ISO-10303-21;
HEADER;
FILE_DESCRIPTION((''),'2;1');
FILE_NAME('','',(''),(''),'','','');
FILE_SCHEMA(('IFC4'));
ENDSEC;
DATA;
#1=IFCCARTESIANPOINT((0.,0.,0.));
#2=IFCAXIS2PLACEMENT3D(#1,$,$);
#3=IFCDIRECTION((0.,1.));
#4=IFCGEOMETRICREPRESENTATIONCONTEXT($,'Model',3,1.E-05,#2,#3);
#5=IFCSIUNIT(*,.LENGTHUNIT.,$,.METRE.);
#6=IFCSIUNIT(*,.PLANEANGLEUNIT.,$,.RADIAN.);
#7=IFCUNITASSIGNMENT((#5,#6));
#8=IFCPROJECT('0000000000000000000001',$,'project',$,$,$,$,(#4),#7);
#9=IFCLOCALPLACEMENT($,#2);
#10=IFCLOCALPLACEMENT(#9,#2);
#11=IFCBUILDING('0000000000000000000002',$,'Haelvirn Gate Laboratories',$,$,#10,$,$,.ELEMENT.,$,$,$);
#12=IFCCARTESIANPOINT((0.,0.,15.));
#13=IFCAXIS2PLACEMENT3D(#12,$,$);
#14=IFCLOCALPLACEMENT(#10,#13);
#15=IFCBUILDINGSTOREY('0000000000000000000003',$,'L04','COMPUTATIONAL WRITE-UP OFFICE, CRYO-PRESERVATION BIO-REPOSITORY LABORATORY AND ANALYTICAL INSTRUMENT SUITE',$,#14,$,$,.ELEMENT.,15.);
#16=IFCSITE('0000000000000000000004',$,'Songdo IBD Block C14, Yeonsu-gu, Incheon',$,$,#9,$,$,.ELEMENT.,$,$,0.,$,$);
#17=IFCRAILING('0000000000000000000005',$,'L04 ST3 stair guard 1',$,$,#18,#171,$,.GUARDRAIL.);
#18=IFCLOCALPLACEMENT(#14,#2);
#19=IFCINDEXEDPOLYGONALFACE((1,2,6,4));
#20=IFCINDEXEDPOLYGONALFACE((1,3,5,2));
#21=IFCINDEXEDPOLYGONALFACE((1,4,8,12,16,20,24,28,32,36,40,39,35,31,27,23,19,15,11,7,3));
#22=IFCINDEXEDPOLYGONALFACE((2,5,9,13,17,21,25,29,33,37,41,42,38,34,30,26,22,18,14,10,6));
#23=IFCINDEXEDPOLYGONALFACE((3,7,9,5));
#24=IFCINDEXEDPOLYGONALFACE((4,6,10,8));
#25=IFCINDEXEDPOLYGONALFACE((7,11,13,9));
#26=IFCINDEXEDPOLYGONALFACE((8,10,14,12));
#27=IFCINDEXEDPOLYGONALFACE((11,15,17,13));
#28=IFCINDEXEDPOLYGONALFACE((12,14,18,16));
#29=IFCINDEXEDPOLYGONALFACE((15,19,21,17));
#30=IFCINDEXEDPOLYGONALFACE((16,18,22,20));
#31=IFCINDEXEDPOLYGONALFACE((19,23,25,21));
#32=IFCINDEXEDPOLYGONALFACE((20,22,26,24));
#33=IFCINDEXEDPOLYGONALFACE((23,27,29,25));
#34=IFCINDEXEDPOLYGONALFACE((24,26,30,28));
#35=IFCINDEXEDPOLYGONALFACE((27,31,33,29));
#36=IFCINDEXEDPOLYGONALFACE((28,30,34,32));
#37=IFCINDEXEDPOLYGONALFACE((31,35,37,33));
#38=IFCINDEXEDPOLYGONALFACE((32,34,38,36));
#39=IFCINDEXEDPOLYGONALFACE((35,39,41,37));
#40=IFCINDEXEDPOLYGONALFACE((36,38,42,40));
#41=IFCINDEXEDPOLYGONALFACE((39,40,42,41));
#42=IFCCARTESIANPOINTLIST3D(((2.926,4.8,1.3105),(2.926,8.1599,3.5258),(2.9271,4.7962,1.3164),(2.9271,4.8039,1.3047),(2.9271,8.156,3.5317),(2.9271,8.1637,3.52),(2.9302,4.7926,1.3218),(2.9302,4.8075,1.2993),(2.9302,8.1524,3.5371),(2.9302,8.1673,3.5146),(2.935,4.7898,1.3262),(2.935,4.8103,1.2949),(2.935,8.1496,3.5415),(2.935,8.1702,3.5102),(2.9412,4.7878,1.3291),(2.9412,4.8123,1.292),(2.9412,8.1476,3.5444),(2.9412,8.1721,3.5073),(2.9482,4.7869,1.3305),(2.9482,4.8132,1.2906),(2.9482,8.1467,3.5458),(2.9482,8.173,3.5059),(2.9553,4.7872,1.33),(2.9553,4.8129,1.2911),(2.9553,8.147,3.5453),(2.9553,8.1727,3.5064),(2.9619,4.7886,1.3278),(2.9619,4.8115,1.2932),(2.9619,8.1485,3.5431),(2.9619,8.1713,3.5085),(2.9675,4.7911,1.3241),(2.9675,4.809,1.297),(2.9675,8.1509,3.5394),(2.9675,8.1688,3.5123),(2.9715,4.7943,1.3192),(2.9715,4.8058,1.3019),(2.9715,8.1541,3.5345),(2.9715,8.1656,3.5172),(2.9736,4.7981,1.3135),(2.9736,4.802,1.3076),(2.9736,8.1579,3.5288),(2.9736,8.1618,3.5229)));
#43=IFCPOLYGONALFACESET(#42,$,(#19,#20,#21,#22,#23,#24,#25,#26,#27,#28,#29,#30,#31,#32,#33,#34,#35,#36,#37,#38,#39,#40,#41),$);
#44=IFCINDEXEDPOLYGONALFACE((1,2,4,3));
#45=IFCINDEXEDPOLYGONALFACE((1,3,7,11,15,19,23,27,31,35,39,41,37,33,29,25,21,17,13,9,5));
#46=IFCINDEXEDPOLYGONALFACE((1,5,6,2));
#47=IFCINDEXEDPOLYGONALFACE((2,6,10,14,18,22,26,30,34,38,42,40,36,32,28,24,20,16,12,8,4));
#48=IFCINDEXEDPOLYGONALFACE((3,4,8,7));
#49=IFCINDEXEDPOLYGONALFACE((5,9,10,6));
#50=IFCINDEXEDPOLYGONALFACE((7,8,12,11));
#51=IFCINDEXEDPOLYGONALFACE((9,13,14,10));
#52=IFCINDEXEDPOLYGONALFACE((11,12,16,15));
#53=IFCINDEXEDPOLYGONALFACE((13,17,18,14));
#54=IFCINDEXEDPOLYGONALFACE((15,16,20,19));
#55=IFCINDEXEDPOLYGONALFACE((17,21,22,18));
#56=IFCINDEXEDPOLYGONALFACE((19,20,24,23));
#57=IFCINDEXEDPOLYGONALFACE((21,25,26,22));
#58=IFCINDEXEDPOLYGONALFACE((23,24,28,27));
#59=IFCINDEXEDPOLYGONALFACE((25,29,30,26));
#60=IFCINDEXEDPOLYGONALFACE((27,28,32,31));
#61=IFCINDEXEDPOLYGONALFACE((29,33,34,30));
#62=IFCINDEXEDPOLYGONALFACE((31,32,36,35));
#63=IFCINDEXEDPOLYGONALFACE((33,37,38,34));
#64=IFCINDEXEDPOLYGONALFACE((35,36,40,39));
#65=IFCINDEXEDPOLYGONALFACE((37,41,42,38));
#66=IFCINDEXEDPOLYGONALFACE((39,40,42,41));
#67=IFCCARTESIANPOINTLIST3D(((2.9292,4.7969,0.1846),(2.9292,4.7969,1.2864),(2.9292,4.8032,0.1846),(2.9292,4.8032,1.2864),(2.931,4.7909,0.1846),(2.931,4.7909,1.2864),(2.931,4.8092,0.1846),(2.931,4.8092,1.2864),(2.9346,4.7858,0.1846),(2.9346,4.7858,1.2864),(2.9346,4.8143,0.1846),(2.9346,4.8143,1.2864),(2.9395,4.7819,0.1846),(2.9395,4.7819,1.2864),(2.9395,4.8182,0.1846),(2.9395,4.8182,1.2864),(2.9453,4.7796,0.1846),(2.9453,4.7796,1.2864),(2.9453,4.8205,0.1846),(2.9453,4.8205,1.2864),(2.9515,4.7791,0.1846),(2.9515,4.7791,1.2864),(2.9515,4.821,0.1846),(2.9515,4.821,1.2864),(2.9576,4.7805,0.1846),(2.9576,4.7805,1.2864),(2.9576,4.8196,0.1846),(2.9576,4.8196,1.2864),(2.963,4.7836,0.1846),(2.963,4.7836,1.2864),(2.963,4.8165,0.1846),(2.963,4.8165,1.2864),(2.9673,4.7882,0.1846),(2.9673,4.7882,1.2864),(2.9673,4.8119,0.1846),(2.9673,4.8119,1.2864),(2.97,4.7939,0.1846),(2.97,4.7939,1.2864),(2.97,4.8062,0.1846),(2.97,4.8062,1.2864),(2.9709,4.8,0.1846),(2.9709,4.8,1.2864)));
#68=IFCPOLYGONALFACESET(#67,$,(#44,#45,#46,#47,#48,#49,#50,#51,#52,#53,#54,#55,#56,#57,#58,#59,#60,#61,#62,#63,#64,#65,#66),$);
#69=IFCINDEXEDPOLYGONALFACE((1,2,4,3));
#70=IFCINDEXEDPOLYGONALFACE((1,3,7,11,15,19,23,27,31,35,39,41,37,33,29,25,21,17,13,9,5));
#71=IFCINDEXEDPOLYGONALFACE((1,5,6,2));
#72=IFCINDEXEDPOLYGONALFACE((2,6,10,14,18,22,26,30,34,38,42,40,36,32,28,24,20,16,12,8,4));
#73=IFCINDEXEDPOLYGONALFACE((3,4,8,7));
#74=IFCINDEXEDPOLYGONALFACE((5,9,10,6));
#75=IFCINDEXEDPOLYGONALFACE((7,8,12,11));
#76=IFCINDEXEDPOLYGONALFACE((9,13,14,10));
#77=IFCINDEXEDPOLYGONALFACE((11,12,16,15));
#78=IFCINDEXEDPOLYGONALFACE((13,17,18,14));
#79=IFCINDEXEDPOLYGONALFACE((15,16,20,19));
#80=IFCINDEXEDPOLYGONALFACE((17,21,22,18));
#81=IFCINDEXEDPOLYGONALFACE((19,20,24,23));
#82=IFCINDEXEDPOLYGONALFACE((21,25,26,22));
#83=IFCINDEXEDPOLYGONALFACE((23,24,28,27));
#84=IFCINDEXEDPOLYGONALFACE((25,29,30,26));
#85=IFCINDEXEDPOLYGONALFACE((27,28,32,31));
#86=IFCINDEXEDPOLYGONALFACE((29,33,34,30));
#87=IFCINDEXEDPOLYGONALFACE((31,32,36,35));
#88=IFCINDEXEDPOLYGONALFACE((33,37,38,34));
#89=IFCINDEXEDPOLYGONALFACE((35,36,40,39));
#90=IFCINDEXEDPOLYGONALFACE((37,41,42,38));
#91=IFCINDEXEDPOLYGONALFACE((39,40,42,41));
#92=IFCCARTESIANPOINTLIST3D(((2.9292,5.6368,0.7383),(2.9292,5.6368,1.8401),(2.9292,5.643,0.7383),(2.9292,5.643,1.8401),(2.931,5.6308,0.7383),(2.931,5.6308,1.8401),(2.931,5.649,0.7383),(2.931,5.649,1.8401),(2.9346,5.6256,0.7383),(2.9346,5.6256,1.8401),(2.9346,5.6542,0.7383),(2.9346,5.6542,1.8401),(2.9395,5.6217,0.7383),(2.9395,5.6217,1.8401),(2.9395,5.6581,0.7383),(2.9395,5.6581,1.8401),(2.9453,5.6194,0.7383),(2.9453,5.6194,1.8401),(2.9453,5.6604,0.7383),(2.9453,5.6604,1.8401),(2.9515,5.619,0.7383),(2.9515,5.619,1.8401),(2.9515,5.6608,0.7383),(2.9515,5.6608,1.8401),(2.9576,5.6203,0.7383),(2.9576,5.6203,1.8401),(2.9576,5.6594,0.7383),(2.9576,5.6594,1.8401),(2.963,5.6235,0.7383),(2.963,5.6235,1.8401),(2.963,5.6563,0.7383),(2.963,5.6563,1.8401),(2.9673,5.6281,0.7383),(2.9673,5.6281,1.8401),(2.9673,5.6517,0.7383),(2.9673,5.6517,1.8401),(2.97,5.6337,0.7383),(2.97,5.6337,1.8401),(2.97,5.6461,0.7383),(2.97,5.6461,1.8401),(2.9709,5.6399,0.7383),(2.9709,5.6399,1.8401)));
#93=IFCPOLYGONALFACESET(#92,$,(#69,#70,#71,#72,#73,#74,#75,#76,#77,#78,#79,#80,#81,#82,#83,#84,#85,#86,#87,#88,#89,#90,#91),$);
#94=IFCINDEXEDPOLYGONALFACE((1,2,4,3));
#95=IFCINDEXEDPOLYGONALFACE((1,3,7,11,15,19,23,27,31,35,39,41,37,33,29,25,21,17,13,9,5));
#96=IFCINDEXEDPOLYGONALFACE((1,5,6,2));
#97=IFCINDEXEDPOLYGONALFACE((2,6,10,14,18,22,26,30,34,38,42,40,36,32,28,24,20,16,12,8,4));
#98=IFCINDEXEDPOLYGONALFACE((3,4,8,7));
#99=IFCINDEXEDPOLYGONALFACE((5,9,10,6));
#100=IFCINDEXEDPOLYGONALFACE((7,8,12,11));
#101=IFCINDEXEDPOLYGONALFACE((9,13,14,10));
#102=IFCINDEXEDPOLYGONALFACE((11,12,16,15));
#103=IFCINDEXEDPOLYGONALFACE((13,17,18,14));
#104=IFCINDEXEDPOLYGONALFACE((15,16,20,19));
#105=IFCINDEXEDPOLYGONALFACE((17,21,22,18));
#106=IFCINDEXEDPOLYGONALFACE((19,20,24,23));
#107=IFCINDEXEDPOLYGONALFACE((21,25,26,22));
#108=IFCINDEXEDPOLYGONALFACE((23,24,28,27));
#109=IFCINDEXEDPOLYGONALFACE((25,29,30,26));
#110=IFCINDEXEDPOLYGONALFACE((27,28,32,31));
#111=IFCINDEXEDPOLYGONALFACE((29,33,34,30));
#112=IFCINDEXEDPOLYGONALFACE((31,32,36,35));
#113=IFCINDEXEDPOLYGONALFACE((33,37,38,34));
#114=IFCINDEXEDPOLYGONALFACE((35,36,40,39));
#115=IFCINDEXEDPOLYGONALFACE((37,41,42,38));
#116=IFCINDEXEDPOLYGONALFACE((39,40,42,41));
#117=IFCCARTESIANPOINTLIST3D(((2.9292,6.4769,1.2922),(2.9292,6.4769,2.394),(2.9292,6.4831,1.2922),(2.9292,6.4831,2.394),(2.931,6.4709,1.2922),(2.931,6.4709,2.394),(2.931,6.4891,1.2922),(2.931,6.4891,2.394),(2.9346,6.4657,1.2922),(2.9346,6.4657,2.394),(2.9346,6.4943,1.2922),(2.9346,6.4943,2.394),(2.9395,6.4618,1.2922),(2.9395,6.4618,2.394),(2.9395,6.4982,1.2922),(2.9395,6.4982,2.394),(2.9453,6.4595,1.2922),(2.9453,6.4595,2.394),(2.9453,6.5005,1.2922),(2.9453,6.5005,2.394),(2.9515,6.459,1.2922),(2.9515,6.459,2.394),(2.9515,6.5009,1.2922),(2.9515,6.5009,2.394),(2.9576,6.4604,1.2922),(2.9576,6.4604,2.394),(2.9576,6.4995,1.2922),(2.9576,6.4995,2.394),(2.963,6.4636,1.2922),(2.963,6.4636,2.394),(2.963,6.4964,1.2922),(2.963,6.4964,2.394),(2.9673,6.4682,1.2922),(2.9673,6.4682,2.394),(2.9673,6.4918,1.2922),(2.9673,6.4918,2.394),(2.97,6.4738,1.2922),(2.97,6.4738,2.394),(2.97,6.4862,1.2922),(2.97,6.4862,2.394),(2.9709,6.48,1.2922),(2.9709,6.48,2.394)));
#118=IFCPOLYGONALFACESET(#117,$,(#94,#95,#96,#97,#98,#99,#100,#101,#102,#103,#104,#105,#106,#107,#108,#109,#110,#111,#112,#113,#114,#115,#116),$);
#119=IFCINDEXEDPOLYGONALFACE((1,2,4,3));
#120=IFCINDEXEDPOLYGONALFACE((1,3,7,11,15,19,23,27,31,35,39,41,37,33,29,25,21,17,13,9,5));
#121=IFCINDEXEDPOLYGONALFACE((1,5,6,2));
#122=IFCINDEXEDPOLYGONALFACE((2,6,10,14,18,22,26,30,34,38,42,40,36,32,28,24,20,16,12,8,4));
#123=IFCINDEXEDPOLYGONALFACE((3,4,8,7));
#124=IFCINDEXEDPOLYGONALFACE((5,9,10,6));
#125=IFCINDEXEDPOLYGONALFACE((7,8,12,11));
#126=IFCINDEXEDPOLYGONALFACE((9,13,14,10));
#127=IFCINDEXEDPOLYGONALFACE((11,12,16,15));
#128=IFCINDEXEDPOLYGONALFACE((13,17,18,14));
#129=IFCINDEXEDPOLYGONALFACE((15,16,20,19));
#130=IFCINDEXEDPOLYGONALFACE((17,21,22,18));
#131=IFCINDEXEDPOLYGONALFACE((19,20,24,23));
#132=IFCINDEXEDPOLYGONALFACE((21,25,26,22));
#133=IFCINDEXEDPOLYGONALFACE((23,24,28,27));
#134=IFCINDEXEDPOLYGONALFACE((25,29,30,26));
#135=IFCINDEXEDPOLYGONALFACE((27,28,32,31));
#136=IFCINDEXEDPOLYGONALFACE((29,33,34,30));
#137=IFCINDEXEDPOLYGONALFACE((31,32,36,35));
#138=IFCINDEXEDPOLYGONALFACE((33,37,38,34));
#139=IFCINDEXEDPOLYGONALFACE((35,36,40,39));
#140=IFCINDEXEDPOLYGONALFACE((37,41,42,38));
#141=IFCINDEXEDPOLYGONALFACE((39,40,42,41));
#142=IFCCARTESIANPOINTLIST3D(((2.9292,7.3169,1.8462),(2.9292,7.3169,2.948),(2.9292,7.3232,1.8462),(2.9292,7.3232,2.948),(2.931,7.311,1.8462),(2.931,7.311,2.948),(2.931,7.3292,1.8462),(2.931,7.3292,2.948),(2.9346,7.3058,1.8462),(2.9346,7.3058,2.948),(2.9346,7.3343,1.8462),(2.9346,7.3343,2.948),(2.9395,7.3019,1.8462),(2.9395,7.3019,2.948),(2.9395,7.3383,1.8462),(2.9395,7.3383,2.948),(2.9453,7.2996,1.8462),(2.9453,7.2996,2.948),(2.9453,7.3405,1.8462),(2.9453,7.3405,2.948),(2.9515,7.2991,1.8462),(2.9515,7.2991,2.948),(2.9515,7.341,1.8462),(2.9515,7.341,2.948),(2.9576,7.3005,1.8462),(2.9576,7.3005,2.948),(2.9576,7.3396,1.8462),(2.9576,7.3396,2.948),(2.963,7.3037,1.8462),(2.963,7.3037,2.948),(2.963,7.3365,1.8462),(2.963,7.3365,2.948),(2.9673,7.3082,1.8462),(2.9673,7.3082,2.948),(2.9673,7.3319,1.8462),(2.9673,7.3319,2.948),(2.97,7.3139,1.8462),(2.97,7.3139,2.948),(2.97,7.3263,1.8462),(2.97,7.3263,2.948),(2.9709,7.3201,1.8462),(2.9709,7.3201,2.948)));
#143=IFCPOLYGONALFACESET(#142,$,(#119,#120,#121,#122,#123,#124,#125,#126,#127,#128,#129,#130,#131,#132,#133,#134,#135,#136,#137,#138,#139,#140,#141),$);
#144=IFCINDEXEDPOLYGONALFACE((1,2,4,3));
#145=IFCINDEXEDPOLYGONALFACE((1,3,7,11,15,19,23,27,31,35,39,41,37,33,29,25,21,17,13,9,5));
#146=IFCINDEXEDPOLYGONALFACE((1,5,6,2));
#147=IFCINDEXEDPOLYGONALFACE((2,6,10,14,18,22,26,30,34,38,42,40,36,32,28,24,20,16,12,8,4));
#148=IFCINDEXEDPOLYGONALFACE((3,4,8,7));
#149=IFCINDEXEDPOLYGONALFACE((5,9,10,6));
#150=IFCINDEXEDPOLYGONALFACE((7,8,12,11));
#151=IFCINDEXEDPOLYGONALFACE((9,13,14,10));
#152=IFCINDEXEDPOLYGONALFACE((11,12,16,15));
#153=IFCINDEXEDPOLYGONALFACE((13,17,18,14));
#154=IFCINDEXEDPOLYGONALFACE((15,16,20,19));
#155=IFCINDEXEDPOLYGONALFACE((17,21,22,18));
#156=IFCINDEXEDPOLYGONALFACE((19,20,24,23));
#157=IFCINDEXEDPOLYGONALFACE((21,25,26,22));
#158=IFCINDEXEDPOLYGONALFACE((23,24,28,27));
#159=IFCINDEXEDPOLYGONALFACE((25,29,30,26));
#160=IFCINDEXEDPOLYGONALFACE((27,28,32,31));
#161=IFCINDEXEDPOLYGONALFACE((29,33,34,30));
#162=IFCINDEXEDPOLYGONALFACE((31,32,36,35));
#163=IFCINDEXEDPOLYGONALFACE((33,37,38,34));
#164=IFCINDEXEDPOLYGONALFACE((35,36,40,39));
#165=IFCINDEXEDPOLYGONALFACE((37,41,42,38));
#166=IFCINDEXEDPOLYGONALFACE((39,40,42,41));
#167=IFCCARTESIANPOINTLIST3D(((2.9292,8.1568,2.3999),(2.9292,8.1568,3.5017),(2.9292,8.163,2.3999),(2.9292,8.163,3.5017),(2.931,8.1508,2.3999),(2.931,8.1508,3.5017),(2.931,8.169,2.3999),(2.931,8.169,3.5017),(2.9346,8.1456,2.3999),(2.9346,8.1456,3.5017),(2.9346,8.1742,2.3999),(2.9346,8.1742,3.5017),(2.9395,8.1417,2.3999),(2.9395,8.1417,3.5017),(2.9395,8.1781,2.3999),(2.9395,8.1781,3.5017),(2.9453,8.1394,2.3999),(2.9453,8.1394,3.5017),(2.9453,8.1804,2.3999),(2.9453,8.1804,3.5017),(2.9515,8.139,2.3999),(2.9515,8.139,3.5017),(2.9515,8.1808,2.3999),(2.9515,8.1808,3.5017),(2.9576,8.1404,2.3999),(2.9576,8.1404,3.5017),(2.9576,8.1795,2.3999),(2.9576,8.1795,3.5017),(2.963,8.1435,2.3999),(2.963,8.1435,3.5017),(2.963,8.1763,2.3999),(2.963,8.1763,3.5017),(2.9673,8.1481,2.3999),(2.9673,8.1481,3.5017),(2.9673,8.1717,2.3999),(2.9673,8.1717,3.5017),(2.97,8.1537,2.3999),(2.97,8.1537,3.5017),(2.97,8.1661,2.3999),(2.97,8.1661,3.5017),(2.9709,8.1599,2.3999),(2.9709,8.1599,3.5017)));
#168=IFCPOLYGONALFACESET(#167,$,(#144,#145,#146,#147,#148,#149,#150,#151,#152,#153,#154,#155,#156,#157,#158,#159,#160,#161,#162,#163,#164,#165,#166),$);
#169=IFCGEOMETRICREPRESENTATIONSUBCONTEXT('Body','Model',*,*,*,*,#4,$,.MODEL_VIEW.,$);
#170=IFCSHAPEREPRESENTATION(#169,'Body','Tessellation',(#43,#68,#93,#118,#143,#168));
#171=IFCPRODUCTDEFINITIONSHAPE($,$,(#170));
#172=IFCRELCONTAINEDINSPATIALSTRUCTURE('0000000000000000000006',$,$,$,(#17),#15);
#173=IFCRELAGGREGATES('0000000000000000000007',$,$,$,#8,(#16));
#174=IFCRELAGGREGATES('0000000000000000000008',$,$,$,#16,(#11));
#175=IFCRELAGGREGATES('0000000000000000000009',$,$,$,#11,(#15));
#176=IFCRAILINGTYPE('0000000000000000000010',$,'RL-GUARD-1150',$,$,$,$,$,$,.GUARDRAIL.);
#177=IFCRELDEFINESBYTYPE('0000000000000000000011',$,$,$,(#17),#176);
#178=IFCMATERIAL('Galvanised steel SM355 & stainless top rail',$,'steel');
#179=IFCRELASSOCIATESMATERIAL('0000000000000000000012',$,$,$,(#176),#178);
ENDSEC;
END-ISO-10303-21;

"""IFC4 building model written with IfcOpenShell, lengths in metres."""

from ifc_helpers import new_model, si_unit, direction, frame, origin, origin_2d, place, context, subcontext, project, spatial, circle, extrude, source, transform, mapped, material, type_object, element, save


model = new_model("IFC4")

# Units and contexts
model_context = context("Model", 3, precision=1e-05, world=origin(), true_north=direction((0.0, 1.0)))
body_context = subcontext(model_context, "Body", "Model", "MODEL_VIEW")
ifc_project = project(units=[si_unit("LENGTHUNIT", "METRE"), si_unit("PLANEANGLEUNIT", "RADIAN")], contexts=[model_context])

# Site, building, storey
site_placement = place(None, origin())
site = spatial("IfcSite", under=ifc_project, at=site_placement, Name="Songdo IBD Block C14, Yeonsu-gu, Incheon", CompositionType="ELEMENT", RefElevation=0.0)
building_placement = place(site_placement, origin())
building = spatial("IfcBuilding", under=site, at=building_placement, Name="Haelvirn Gate Laboratories", CompositionType="ELEMENT")
storey_placement = place(building_placement, frame((0.0, 0.0, 15.0)))
storey = spatial("IfcBuildingStorey", under=building, at=storey_placement, Name="L04", Description="COMPUTATIONAL WRITE-UP OFFICE, CRYO-PRESERVATION BIO-REPOSITORY LABORATORY AND ANALYTICAL INSTRUMENT SUITE", CompositionType="ELEMENT", Elevation=15.0)

# Railing
ifc_material_1 = material(Name="Galvanised steel SM355 & stainless top rail", Category="steel")
railing_type_1 = type_object("IfcRailingType", Name="RL-GUARD-1150", PredefinedType="GUARDRAIL", material=ifc_material_1)
shared_shape_1 = source(origin(), body_context, "Body", "SweptSolid", [
    extrude(circle(Radius=0.0239, at=origin_2d()), frame((0.0, 0.0, 1.126), z_axis=(0.0, 0.834858, 0.550465), x_axis=(-1.0, 0.0, 0.0)), (0.0, 0.0, 1.0), 4.0244),
    extrude(circle(Radius=0.021, at=origin_2d()), origin(), (0.0, 0.0, 1.0), 1.1018),
    extrude(circle(Radius=0.021, at=origin_2d()), frame((0.0, 0.8398, 0.5537)), (0.0, 0.0, 1.0), 1.1018),
    extrude(circle(Radius=0.021, at=origin_2d()), frame((0.0, 1.6799, 1.1077)), (0.0, 0.0, 1.0), 1.1018),
    extrude(circle(Radius=0.021, at=origin_2d()), frame((0.0, 2.52, 1.6616)), (0.0, 0.0, 1.0), 1.1018),
    extrude(circle(Radius=0.021, at=origin_2d()), frame((0.0, 3.3599, 2.2153)), (0.0, 0.0, 1.0), 1.1018),
])
railing_1_placement = place(storey_placement, frame((2.95, 4.8, 0.1846)))
element("IfcRailing", 1, at=railing_1_placement, inside=storey, type_object=railing_type_1, Name="L04 ST3 stair guard 1", PredefinedType="GUARDRAIL", context=body_context, shape_type="MappedRepresentation", body=[
    mapped(shared_shape_1, transform((0.0, 0.0, 0.0), scale=1.0)),
])

save(model, "model.ifc")
